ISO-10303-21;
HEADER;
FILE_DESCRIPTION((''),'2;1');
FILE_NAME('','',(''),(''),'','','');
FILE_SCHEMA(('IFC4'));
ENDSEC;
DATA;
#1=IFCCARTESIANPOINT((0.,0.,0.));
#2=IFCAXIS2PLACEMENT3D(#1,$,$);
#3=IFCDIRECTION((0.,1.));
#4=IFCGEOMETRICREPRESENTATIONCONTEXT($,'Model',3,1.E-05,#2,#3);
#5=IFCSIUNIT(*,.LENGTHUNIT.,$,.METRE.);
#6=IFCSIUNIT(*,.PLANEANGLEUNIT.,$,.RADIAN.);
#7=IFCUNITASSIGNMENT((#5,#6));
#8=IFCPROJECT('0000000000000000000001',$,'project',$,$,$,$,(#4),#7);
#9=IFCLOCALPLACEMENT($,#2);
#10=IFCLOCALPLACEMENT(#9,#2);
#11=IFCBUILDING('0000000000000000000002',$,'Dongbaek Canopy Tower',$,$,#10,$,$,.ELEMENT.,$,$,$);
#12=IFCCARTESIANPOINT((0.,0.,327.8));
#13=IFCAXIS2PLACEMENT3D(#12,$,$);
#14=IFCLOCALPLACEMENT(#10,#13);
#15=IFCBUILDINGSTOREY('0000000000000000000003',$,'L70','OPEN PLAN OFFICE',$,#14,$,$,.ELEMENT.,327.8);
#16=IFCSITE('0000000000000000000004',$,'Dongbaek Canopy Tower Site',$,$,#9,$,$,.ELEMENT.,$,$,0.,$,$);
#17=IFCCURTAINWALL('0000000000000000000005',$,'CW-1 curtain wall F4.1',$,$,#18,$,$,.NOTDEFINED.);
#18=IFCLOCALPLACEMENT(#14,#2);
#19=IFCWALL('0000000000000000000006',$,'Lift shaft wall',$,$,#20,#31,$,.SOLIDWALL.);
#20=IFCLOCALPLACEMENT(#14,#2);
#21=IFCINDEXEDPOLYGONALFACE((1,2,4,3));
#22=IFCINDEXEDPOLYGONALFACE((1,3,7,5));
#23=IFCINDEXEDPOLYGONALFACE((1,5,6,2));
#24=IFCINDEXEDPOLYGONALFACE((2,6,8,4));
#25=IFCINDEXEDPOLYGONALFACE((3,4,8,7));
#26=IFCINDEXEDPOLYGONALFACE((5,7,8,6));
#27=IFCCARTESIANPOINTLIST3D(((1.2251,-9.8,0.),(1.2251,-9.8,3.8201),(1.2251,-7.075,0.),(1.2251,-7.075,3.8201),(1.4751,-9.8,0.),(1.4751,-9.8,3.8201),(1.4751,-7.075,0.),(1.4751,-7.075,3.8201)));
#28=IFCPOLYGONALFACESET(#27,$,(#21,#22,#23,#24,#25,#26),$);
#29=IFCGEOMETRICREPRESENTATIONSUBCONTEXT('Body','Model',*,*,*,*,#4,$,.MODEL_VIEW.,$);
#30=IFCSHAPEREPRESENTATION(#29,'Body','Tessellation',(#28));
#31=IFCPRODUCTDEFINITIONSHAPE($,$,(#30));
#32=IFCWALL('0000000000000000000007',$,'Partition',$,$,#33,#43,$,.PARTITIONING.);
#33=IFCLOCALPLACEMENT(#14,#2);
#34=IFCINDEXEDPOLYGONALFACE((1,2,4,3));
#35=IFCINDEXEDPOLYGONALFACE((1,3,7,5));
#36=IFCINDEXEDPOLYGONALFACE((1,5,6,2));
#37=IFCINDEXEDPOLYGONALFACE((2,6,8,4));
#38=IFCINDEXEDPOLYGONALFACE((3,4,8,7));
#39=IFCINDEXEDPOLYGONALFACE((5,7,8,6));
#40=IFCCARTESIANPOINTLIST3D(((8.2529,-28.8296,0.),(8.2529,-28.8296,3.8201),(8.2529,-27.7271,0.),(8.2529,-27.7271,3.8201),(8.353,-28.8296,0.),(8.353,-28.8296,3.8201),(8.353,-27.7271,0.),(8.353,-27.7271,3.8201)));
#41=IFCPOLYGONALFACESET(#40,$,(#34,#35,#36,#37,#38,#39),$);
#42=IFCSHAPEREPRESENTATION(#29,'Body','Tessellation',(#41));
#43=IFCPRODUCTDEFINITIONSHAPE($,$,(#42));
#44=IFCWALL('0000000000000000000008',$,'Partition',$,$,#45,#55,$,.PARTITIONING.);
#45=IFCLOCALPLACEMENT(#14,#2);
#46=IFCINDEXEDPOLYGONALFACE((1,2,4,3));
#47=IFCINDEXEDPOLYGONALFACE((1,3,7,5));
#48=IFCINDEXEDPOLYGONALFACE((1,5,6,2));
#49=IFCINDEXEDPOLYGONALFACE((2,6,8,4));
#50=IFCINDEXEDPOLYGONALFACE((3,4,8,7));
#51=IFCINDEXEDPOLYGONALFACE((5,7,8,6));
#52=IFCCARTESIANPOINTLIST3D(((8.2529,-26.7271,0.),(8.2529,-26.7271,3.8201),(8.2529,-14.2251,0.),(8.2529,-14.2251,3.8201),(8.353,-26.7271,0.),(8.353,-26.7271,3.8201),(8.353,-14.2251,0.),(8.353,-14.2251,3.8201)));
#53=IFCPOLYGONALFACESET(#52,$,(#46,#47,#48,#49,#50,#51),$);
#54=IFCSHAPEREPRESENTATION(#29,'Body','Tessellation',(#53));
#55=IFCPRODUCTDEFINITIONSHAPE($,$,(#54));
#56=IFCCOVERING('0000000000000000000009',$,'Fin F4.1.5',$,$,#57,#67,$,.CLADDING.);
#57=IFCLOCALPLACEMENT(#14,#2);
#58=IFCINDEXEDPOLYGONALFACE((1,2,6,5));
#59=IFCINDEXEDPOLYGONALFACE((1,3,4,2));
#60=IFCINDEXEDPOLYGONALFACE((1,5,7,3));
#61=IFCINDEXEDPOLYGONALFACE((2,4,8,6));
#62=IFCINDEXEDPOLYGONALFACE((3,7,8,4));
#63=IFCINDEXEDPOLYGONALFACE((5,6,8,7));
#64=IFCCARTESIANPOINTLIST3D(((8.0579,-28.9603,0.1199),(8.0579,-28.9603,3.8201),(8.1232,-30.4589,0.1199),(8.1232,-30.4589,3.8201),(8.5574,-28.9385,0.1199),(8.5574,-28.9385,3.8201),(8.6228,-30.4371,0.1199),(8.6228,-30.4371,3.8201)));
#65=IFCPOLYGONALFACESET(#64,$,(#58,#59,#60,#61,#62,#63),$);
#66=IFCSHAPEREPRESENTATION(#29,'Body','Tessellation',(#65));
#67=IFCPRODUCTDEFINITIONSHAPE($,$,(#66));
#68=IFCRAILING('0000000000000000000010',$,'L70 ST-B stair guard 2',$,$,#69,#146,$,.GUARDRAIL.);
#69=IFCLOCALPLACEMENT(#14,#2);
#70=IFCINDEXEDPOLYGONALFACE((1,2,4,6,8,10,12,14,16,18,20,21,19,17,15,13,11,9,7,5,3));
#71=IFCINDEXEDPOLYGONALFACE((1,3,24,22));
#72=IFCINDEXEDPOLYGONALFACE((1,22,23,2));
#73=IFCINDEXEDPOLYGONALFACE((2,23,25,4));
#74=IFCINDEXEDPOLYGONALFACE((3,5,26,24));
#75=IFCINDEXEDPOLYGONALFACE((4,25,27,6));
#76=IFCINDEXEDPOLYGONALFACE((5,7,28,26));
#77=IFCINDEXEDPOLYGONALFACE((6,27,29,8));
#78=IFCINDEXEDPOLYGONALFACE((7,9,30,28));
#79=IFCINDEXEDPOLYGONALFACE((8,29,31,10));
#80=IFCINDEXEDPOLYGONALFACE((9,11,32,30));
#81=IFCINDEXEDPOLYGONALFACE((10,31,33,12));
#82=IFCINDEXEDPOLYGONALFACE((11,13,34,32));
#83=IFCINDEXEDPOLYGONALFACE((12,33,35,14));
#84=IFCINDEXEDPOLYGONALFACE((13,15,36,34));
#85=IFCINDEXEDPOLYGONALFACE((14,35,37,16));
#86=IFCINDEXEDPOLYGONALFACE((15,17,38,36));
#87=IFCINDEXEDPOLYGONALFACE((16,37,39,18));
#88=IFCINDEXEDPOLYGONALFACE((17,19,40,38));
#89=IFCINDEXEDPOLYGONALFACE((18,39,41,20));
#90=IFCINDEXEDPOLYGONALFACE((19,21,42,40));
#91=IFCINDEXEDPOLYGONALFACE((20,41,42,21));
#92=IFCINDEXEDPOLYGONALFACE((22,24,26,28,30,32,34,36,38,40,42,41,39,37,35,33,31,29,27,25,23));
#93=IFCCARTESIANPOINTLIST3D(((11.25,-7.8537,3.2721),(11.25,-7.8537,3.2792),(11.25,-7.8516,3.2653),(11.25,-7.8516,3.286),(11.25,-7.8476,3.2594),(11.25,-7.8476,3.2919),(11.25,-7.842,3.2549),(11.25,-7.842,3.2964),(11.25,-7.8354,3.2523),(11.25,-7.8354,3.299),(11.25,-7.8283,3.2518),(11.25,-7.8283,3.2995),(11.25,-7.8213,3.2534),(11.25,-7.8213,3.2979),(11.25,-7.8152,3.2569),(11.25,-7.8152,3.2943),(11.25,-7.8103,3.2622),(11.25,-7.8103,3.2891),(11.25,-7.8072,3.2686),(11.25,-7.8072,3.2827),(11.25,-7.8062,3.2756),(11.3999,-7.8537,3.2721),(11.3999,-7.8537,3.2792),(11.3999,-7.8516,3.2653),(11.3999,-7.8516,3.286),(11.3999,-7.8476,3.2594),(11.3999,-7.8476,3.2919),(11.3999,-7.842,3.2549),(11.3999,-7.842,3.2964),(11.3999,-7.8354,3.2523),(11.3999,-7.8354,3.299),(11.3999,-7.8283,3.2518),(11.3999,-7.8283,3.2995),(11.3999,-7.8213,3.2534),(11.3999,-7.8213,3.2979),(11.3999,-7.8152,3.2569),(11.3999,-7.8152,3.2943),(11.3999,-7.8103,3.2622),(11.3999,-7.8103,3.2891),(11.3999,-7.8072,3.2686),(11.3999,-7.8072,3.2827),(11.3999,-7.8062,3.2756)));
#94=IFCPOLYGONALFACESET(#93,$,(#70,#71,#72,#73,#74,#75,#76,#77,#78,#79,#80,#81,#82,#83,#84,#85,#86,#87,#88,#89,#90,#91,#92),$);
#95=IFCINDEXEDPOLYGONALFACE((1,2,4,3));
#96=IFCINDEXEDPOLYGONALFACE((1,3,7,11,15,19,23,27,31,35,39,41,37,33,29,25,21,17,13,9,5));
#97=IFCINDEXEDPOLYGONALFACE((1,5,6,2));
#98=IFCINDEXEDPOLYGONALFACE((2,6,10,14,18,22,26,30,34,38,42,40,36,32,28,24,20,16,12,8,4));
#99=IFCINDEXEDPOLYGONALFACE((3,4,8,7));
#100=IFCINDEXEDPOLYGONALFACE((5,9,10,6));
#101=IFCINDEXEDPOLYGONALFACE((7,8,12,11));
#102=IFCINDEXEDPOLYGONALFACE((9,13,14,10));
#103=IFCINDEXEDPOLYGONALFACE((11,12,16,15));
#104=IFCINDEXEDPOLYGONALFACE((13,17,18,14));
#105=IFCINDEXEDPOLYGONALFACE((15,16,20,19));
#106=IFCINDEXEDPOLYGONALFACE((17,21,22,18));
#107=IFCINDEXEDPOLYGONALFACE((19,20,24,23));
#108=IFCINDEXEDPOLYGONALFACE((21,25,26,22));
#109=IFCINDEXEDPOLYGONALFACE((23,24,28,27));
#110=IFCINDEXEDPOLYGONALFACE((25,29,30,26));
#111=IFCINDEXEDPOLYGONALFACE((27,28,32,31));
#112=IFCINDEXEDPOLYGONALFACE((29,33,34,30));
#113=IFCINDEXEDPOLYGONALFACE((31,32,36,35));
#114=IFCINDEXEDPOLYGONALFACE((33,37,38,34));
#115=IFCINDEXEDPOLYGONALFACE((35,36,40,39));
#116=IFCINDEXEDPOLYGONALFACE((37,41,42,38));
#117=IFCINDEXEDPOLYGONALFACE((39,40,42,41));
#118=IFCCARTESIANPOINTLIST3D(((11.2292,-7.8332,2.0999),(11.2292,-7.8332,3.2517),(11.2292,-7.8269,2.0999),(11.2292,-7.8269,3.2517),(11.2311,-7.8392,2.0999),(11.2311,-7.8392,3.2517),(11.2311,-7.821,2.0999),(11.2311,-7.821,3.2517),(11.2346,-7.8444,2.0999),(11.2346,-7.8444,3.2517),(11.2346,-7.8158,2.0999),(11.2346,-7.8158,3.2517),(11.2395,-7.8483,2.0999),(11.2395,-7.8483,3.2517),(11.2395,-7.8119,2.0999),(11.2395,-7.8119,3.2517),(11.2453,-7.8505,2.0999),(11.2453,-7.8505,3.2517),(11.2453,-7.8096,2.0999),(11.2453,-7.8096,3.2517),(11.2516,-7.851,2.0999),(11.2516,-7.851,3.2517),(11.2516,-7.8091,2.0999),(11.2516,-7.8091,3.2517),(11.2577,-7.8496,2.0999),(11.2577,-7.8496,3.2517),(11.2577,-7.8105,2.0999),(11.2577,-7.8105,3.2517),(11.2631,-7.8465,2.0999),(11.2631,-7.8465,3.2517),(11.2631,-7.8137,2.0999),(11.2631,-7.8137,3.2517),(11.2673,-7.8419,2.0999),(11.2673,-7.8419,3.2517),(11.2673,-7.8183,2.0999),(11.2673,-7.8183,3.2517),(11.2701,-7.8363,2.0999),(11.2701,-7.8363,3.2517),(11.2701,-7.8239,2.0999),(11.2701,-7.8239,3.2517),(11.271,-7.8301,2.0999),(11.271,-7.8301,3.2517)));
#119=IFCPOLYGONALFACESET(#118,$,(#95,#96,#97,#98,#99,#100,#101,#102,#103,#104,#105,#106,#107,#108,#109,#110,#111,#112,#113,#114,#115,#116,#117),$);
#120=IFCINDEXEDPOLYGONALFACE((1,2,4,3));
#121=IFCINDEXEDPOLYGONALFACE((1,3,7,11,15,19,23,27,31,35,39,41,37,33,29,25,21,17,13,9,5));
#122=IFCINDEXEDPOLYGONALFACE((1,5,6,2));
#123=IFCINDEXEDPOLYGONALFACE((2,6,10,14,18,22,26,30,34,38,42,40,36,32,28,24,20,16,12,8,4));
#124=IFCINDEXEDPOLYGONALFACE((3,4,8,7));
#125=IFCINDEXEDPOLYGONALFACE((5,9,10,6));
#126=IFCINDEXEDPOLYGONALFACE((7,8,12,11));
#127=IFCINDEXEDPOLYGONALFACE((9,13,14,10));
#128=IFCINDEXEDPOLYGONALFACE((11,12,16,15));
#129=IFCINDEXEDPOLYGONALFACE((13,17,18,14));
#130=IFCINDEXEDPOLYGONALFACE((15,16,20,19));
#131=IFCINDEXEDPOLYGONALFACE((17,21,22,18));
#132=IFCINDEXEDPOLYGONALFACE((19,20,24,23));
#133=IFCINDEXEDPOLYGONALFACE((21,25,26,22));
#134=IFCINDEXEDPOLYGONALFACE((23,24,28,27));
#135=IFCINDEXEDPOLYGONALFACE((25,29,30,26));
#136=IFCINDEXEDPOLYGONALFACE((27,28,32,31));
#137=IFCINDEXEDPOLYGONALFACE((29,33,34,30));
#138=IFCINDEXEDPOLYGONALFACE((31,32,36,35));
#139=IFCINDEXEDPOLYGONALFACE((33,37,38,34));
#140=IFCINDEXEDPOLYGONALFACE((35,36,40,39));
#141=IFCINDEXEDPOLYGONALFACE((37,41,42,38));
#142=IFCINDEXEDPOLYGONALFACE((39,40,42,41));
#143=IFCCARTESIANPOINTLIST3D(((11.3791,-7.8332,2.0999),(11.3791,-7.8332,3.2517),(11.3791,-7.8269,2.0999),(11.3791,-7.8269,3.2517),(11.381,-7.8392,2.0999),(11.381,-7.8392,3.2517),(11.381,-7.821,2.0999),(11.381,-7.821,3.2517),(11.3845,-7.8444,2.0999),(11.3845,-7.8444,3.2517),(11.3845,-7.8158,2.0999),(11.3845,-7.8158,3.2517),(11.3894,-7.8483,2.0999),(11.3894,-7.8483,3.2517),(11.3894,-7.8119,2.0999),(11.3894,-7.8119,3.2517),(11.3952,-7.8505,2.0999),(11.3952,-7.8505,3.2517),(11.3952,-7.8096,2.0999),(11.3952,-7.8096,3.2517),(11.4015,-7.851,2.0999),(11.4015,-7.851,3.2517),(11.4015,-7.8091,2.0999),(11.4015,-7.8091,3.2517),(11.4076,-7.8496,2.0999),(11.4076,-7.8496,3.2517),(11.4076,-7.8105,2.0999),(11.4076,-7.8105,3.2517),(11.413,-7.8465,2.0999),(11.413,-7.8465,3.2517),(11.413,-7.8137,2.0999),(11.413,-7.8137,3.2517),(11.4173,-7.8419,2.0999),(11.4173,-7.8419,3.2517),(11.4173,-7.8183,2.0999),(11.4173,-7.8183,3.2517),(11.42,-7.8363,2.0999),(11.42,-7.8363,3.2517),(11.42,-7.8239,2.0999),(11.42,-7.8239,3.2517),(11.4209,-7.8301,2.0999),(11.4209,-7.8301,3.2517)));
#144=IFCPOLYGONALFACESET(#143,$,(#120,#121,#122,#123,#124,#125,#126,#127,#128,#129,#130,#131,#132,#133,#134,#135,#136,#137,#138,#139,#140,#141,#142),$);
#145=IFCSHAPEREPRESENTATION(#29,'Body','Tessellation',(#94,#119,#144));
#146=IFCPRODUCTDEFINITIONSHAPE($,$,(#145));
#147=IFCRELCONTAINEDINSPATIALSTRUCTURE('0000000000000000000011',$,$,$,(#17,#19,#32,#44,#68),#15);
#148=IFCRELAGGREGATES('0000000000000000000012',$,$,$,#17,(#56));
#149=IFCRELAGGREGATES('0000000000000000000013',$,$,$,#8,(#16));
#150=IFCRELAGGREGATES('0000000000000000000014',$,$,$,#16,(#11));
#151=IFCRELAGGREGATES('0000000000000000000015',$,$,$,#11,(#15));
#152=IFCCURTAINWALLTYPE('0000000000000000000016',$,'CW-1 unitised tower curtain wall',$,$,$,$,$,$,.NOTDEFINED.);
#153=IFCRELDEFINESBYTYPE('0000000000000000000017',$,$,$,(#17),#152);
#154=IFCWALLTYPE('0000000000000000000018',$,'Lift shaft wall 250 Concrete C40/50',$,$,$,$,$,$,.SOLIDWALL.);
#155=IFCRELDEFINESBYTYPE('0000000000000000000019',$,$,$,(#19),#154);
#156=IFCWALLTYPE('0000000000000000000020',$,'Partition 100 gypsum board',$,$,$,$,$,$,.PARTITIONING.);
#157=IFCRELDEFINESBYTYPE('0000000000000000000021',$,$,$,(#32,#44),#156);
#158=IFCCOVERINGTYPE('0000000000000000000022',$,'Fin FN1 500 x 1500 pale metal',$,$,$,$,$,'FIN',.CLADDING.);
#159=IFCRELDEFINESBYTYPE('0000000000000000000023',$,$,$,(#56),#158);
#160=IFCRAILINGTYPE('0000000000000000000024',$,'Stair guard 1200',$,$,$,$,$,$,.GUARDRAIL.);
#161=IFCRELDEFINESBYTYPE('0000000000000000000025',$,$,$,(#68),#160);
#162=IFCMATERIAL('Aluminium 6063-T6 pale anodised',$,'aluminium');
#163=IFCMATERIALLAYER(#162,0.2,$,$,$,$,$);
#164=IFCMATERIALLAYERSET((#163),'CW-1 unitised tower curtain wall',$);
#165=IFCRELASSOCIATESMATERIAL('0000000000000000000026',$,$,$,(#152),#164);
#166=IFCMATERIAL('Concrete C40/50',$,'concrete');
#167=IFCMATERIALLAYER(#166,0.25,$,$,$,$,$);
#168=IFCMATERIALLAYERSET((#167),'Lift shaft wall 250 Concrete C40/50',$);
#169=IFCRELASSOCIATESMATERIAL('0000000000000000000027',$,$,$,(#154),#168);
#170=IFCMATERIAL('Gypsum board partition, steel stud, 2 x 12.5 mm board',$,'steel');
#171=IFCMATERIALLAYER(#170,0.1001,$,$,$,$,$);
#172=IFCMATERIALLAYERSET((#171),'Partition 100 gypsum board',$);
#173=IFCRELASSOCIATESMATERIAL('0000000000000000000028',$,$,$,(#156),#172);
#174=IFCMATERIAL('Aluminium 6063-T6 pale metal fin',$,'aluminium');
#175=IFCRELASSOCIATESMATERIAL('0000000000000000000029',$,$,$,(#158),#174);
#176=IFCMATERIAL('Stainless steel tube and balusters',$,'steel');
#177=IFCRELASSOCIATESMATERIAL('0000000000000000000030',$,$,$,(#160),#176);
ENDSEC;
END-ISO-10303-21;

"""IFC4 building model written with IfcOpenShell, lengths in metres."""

from ifc_helpers import new_model, si_unit, direction, frame, frame_2d, origin, origin_2d, place, context, subcontext, project, spatial, rectangle, circle, extrude, material, layer, layer_set, material_profile, profile_set, type_object, element, aggregate, save


model = new_model("IFC4")

# Units and contexts
model_context = context("Model", 3, precision=1e-05, world=origin(), true_north=direction((0.0, 1.0)))
body_context = subcontext(model_context, "Body", "Model", "MODEL_VIEW")
ifc_project = project(units=[si_unit("LENGTHUNIT", "METRE"), si_unit("PLANEANGLEUNIT", "RADIAN")], contexts=[model_context])

# Site, building, storey
site_placement = place(None, origin())
site = spatial("IfcSite", under=ifc_project, at=site_placement, Name="Dongbaek Canopy Tower Site", CompositionType="ELEMENT", RefElevation=0.0)
building_placement = place(site_placement, origin())
building = spatial("IfcBuilding", under=site, at=building_placement, Name="Dongbaek Canopy Tower", CompositionType="ELEMENT")
storey_placement = place(building_placement, frame((0.0, 0.0, 327.8)))
storey = spatial("IfcBuildingStorey", under=building, at=storey_placement, Name="L70", Description="OPEN PLAN OFFICE", CompositionType="ELEMENT", Elevation=327.8)

# Curtain wall
ifc_material_1 = material(Name="Aluminium 6063-T6 pale anodised", Category="aluminium")
ifc_layer_1 = layer(ifc_material_1, 0.2)
ifc_layer_set_1 = layer_set([ifc_layer_1], Name="CW-1 unitised tower curtain wall")
curtain_wall_type = type_object("IfcCurtainWallType", Name="CW-1 unitised tower curtain wall", PredefinedType="NOTDEFINED", material=ifc_layer_set_1)
curtain_wall_placement = place(storey_placement, origin())
curtain_wall = element("IfcCurtainWall", 1, at=curtain_wall_placement, inside=storey, type_object=curtain_wall_type, Name="CW-1 curtain wall F4.1", PredefinedType="NOTDEFINED")

# Walls
ifc_material_2 = material(Name="Concrete C40/50", Category="concrete")
ifc_layer_2 = layer(ifc_material_2, 0.25)
ifc_layer_set_2 = layer_set([ifc_layer_2], Name="Lift shaft wall 250 Concrete C40/50")
wall_type_1 = type_object("IfcWallType", Name="Lift shaft wall 250 Concrete C40/50", PredefinedType="SOLIDWALL", material=ifc_layer_set_2)
wall_1_placement = place(storey_placement, frame((1.3501, -9.8, 0.0), z_axis=(0.0, 0.0, 1.0), x_axis=(0.0, 1.0, 0.0)))
element("IfcWall", 2, at=wall_1_placement, inside=storey, type_object=wall_type_1, Name="Lift shaft wall", PredefinedType="SOLIDWALL", context=body_context, shape_type="SweptSolid", body=[
    extrude(rectangle(XDim=2.7251, YDim=0.25, at=frame_2d((1.3625, 0.0))), origin(), (0.0, 0.0, 1.0), 3.8201),
])
ifc_material_3 = material(Name="Gypsum board partition, steel stud, 2 x 12.5 mm board", Category="steel")
ifc_layer_3 = layer(ifc_material_3, 0.1001)
ifc_layer_set_3 = layer_set([ifc_layer_3], Name="Partition 100 gypsum board")
wall_type_2 = type_object("IfcWallType", Name="Partition 100 gypsum board", PredefinedType="PARTITIONING", material=ifc_layer_set_3)
wall_2_placement = place(storey_placement, frame((8.303, -28.8296, 0.0), z_axis=(0.0, 0.0, 1.0), x_axis=(0.0, 1.0, 0.0)))
element("IfcWall", 3, at=wall_2_placement, inside=storey, type_object=wall_type_2, Name="Partition", PredefinedType="PARTITIONING", context=body_context, shape_type="SweptSolid", body=[
    extrude(rectangle(XDim=1.1025, YDim=0.1001, at=frame_2d((0.5513, 0.0))), origin(), (0.0, 0.0, 1.0), 3.8201),
])
wall_3_placement = place(storey_placement, frame((8.303, -26.7271, 0.0), z_axis=(0.0, 0.0, 1.0), x_axis=(0.0, 1.0, 0.0)))
element("IfcWall", 4, at=wall_3_placement, inside=storey, type_object=wall_type_2, Name="Partition", PredefinedType="PARTITIONING", context=body_context, shape_type="SweptSolid", body=[
    extrude(rectangle(XDim=12.502, YDim=0.1001, at=frame_2d((6.251, 0.0))), origin(), (0.0, 0.0, 1.0), 3.8201),
])

# Covering
ifc_material_4 = material(Name="Aluminium 6063-T6 pale metal fin", Category="aluminium")
ifc_material_profile_1 = material_profile(ifc_material_4, rectangle(XDim=1.5, YDim=0.5, at=origin_2d()), Name="Fin FN1 500 x 1500 pale metal")
ifc_profile_set_1 = profile_set([ifc_material_profile_1], Name="Aluminium 6063-T6 pale metal fin")
covering_type = type_object("IfcCoveringType", Name="Fin FN1 500 x 1500 pale metal", ElementType="FIN", PredefinedType="CLADDING", material=ifc_profile_set_1)
covering_placement = place(storey_placement, frame((8.3403, -29.6987, 0.1199), z_axis=(0.0, 0.0, 1.0), x_axis=(0.043572, -0.99905, 0.0)))
covering = element("IfcCovering", 5, at=covering_placement, type_object=covering_type, Name="Fin F4.1.5", PredefinedType="CLADDING", context=body_context, shape_type="SweptSolid", body=[
    extrude(rectangle(XDim=1.5, YDim=0.5, at=origin_2d()), origin(), (0.0, 0.0, 1.0), 3.7002),
])
aggregate(curtain_wall, [covering])

# Railing
ifc_material_5 = material(Name="Stainless steel tube and balusters", Category="steel")
railing_type_1 = type_object("IfcRailingType", Name="Stair guard 1200", PredefinedType="GUARDRAIL", material=ifc_material_5)
railing_1_placement = place(storey_placement, frame((11.25, -7.8301, 2.0999)))
element("IfcRailing", 6, at=railing_1_placement, inside=storey, type_object=railing_type_1, Name="L70 ST-B stair guard 2", PredefinedType="GUARDRAIL", context=body_context, shape_type="SweptSolid", body=[
    extrude(circle(Radius=0.0239, at=origin_2d()), frame((0.0, 0.0, 1.1758), z_axis=(1.0, 0.0, 0.0), x_axis=(0.0, 1.0, 0.0)), (0.0, 0.0, 1.0), 0.1499),
    extrude(circle(Radius=0.021, at=origin_2d()), origin(), (0.0, 0.0, 1.0), 1.1519),
    extrude(circle(Radius=0.021, at=origin_2d()), frame((0.1499, 0.0, 0.0)), (0.0, 0.0, 1.0), 1.1519),
])

save(model, "model.ifc")
